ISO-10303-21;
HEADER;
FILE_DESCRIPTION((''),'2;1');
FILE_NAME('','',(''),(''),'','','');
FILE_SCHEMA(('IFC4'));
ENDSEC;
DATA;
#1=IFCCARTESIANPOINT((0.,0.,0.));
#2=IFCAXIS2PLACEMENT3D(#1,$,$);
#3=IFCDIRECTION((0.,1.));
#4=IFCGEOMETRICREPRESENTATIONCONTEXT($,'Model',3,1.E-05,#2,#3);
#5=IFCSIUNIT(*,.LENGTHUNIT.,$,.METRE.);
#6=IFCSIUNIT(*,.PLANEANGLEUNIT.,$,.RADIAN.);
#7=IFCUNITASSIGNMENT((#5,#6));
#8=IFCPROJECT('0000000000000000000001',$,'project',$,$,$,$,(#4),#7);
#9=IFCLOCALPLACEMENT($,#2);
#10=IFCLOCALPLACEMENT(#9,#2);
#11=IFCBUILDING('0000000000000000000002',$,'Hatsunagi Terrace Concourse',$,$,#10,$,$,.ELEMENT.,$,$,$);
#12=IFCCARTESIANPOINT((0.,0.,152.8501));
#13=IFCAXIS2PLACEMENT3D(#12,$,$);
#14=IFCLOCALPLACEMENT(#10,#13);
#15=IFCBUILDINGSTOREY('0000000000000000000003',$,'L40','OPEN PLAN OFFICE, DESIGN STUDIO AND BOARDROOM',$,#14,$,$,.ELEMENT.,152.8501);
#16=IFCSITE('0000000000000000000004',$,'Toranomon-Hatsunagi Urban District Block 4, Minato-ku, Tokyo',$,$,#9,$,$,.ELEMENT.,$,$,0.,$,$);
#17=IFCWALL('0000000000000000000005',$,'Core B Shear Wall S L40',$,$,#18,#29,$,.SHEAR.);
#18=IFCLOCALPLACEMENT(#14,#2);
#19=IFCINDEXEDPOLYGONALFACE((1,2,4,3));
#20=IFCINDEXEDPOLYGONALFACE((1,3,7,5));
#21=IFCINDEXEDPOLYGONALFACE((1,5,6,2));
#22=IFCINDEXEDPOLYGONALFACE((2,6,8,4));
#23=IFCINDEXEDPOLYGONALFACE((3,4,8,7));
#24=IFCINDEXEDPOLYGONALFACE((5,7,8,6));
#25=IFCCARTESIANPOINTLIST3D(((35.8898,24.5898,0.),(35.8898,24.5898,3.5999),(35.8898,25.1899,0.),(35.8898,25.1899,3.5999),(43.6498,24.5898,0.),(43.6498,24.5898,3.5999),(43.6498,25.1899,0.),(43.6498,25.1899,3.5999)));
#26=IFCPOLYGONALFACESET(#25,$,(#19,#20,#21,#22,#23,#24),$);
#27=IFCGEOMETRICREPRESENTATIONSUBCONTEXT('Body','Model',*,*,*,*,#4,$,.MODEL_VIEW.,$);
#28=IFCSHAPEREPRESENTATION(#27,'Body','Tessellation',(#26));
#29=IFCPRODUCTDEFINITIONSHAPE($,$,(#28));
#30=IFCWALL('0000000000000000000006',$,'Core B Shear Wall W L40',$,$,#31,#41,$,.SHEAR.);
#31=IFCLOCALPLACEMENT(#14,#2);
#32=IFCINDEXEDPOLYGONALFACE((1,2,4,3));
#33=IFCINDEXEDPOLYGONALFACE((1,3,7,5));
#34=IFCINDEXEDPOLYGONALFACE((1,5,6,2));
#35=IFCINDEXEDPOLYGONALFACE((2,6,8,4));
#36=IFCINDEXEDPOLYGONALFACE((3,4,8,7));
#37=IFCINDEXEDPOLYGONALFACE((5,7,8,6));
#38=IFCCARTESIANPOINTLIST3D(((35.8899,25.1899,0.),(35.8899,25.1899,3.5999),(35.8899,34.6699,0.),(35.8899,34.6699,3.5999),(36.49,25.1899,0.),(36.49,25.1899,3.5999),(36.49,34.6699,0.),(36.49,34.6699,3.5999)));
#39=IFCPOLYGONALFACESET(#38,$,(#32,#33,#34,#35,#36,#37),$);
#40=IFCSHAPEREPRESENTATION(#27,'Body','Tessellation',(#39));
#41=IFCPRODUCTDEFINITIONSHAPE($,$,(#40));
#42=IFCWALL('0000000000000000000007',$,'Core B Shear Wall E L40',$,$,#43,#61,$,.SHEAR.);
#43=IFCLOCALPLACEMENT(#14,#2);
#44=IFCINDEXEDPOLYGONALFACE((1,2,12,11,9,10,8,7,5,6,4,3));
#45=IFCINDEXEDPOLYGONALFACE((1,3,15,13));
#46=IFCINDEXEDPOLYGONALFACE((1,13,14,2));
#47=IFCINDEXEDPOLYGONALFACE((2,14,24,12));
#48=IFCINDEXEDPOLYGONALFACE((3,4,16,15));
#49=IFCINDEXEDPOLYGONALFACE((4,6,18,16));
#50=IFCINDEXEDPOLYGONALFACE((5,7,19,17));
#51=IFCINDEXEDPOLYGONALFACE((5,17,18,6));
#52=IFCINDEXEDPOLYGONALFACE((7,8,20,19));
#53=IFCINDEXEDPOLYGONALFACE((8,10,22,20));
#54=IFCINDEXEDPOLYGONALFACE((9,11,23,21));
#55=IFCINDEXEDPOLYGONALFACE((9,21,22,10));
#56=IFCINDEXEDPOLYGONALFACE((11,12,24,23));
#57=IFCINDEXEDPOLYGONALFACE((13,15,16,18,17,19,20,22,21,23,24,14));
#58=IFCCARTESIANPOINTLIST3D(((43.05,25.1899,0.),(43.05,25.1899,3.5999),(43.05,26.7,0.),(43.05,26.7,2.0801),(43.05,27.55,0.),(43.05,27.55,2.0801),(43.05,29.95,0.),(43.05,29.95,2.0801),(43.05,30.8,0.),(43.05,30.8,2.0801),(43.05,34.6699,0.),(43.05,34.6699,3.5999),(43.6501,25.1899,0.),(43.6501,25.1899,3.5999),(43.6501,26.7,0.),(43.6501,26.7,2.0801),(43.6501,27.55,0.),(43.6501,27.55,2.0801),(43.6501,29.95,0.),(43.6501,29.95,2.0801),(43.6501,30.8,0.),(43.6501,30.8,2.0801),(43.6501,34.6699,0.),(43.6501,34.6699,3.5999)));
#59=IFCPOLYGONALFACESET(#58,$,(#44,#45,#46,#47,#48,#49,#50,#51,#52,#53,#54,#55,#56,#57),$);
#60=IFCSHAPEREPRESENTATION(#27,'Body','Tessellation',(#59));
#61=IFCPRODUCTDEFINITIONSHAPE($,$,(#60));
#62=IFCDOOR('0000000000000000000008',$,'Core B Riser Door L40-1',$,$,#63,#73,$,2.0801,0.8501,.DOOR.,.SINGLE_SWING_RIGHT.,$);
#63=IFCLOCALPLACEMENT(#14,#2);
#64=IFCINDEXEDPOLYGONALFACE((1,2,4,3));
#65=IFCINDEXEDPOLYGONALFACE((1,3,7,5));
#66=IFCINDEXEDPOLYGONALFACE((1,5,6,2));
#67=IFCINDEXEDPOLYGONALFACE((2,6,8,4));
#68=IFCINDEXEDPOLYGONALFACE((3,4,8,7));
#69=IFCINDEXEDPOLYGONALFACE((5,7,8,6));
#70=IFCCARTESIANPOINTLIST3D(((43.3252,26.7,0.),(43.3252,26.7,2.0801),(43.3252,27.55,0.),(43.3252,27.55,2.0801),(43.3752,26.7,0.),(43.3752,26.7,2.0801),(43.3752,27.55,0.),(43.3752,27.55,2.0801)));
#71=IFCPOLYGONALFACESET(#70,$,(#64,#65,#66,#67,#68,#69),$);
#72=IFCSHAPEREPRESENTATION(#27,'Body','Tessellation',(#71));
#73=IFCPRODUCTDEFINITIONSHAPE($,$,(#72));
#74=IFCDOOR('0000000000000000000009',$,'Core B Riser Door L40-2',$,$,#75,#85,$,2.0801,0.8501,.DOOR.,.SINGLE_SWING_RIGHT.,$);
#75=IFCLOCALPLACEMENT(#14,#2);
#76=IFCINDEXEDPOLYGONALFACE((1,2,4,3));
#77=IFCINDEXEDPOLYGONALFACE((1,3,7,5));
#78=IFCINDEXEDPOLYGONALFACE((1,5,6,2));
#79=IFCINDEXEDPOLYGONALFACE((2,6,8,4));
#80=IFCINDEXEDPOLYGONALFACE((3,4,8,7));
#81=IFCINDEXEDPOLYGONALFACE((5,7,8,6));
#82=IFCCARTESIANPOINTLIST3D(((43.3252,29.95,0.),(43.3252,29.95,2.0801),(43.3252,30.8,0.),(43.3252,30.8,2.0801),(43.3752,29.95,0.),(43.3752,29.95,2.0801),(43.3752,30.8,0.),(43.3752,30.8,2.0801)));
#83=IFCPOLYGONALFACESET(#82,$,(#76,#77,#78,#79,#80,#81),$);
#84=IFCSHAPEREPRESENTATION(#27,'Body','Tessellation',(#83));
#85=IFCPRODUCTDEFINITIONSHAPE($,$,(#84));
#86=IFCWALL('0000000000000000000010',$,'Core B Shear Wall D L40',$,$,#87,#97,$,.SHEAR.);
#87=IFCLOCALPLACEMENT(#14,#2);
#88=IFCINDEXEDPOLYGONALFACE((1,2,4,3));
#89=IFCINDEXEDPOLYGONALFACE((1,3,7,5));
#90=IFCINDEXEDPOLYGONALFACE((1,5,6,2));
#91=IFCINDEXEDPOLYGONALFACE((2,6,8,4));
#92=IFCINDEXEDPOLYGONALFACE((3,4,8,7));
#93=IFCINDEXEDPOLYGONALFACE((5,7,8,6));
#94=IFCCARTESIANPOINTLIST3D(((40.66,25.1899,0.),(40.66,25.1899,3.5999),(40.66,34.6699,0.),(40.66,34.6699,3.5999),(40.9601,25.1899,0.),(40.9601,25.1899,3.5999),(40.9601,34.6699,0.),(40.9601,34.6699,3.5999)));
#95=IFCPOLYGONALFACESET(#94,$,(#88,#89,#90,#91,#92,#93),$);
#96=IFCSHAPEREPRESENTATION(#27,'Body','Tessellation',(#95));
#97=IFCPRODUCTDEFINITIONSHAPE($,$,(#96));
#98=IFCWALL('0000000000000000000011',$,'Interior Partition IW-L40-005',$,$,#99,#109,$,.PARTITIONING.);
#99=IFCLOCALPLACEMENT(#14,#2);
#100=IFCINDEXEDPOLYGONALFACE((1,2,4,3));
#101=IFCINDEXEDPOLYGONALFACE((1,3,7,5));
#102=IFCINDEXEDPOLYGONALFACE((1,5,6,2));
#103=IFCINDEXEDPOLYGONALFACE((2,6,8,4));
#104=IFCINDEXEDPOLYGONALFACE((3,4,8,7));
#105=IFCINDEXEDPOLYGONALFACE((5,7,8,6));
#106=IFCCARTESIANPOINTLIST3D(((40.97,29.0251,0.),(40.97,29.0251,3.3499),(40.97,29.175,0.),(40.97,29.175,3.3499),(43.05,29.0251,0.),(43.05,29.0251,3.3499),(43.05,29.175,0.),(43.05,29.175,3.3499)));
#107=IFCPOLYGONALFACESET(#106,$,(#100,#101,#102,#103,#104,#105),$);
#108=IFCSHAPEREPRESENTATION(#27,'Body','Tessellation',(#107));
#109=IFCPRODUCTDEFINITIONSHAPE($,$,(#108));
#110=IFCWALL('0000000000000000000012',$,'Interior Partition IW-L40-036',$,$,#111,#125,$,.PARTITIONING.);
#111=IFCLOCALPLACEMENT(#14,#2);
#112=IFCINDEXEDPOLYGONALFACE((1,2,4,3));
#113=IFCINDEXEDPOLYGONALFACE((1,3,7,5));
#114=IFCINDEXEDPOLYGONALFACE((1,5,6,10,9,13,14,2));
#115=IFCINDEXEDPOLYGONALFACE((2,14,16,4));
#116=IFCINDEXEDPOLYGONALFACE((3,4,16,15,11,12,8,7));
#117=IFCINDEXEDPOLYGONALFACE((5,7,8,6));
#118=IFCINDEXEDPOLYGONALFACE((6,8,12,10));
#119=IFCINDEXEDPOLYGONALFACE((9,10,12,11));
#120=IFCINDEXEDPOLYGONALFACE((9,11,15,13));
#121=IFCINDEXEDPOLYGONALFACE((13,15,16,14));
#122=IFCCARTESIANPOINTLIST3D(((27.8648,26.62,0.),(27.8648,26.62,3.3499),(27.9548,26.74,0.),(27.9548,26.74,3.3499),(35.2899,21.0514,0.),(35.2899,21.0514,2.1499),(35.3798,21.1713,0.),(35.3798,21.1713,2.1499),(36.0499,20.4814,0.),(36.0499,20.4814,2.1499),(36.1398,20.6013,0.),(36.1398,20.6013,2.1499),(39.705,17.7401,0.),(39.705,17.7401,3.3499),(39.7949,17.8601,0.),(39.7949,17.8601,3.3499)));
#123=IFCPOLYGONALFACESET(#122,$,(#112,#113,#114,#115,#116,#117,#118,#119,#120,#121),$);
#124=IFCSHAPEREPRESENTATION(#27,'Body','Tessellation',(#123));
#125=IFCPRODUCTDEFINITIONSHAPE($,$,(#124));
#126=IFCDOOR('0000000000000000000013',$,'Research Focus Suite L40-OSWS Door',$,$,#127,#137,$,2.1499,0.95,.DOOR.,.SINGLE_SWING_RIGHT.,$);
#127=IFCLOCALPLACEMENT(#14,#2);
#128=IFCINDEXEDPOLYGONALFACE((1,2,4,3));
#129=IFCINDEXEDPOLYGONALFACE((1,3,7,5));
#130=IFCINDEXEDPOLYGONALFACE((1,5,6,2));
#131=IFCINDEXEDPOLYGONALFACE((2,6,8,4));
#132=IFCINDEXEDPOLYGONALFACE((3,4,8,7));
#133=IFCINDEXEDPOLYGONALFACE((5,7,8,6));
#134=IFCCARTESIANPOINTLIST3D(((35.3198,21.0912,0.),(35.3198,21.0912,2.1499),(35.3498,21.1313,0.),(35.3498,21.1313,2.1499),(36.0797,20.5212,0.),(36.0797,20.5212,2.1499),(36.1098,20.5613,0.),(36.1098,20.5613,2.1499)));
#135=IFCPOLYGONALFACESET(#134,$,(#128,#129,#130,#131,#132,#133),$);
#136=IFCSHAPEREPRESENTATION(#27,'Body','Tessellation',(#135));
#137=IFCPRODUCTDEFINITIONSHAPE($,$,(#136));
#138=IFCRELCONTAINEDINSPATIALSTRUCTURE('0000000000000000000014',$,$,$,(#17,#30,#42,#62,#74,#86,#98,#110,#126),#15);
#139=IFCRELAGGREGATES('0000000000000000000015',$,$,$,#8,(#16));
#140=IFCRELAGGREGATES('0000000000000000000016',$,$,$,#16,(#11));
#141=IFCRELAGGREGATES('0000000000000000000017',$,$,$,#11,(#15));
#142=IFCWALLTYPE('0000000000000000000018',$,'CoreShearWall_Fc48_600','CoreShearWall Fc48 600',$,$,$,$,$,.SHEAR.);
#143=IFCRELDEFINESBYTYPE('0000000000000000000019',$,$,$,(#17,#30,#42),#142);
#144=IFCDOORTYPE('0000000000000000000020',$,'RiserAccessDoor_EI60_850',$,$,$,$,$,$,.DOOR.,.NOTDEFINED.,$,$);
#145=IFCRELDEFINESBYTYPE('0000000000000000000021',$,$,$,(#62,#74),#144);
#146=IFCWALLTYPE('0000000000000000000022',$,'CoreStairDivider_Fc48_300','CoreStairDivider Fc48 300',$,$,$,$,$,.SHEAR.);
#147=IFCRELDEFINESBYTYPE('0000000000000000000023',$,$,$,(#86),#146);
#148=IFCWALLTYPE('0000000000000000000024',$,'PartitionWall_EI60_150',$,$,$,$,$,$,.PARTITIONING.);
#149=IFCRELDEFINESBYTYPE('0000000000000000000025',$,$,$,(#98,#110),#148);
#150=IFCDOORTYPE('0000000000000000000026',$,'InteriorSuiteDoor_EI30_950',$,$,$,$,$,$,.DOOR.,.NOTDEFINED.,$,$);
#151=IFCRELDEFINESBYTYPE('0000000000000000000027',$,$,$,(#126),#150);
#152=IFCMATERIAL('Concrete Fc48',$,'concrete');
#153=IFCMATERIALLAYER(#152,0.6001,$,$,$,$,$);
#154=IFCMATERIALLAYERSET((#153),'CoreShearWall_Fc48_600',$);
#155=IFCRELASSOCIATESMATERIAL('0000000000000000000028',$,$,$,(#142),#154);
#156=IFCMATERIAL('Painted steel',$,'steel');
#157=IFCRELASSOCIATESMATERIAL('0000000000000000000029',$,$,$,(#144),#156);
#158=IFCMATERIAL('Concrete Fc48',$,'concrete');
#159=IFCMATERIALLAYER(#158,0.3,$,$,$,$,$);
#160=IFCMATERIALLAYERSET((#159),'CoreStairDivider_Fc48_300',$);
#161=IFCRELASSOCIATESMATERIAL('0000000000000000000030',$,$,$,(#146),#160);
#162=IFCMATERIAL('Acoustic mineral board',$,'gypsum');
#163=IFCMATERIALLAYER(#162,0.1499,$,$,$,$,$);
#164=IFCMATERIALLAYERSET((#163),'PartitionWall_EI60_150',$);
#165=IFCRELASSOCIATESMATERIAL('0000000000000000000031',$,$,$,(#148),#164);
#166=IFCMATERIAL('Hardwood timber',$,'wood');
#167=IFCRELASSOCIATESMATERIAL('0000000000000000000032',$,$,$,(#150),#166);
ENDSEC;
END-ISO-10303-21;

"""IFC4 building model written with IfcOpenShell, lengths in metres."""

from ifc_helpers import new_model, si_unit, direction, frame, frame_2d, origin, place, context, subcontext, project, spatial, rectangle, extrude, material, layer, layer_set, type_object, element, fill, save


model = new_model("IFC4")

# Units and contexts
model_context = context("Model", 3, precision=1e-05, world=origin(), true_north=direction((0.0, 1.0)))
body_context = subcontext(model_context, "Body", "Model", "MODEL_VIEW")
ifc_project = project(units=[si_unit("LENGTHUNIT", "METRE"), si_unit("PLANEANGLEUNIT", "RADIAN")], contexts=[model_context])

# Site, building, storey
site_placement = place(None, origin())
site = spatial("IfcSite", under=ifc_project, at=site_placement, Name="Toranomon-Hatsunagi Urban District Block 4, Minato-ku, Tokyo", CompositionType="ELEMENT", RefElevation=0.0)
building_placement = place(site_placement, origin())
building = spatial("IfcBuilding", under=site, at=building_placement, Name="Hatsunagi Terrace Concourse", CompositionType="ELEMENT")
storey_placement = place(building_placement, frame((0.0, 0.0, 152.8501)))
storey = spatial("IfcBuildingStorey", under=building, at=storey_placement, Name="L40", Description="OPEN PLAN OFFICE, DESIGN STUDIO AND BOARDROOM", CompositionType="ELEMENT", Elevation=152.8501)

# Walls
ifc_material_1 = material(Name="Concrete Fc48", Category="concrete")
ifc_layer_1 = layer(ifc_material_1, 0.6001)
ifc_layer_set_1 = layer_set([ifc_layer_1], Name="CoreShearWall_Fc48_600")
wall_type_1 = type_object("IfcWallType", Name="CoreShearWall_Fc48_600", Description="CoreShearWall Fc48 600", PredefinedType="SHEAR", material=ifc_layer_set_1)
wall_1_placement = place(storey_placement, frame((35.8899, 24.8899, 0.0), z_axis=(0.0, 0.0, 1.0), x_axis=(1.0, 0.0, 0.0)))
element("IfcWall", 1, at=wall_1_placement, inside=storey, type_object=wall_type_1, Name="Core B Shear Wall S L40", PredefinedType="SHEAR", context=body_context, shape_type="SweptSolid", body=[
    extrude(rectangle(XDim=7.76, YDim=0.6001, at=frame_2d((3.8799, 0.0))), origin(), (0.0, 0.0, 1.0), 3.5999),
])
wall_2_placement = place(storey_placement, frame((36.1899, 25.1899, 0.0), z_axis=(0.0, 0.0, 1.0), x_axis=(0.0, 1.0, 0.0)))
element("IfcWall", 2, at=wall_2_placement, inside=storey, type_object=wall_type_1, Name="Core B Shear Wall W L40", PredefinedType="SHEAR", context=body_context, shape_type="SweptSolid", body=[
    extrude(rectangle(XDim=9.48, YDim=0.6001, at=frame_2d((4.74, 0.0))), origin(), (0.0, 0.0, 1.0), 3.5999),
])

# Wall, openings, doors
wall_3_placement = place(storey_placement, frame((43.3501, 25.1899, 0.0), z_axis=(0.0, 0.0, 1.0), x_axis=(0.0, 1.0, 0.0)))
wall_3 = element("IfcWall", 3, at=wall_3_placement, inside=storey, type_object=wall_type_1, Name="Core B Shear Wall E L40", PredefinedType="SHEAR", context=body_context, shape_type="SweptSolid", body=[
    extrude(rectangle(XDim=9.48, YDim=0.6001, at=frame_2d((4.74, 0.0))), origin(), (0.0, 0.0, 1.0), 3.5999),
])
opening_1_placement = place(wall_3_placement, frame((1.51, 0.0, 0.0)))
opening_1 = element("IfcOpeningElement", 4, at=opening_1_placement, cuts=wall_3, PredefinedType="OPENING", context=body_context, shape_type="SweptSolid", body=[
    extrude(rectangle(XDim=0.8501, YDim=2.0801, at=frame_2d((0.425, 1.04))), frame((0.0, 0.3101, 0.0), z_axis=(0.0, -1.0, 0.0), x_axis=(1.0, 0.0, 0.0)), (0.0, 0.0, 1.0), 0.6201),
])
opening_2_placement = place(wall_3_placement, frame((4.76, 0.0, 0.0)))
opening_2 = element("IfcOpeningElement", 5, at=opening_2_placement, cuts=wall_3, PredefinedType="OPENING", context=body_context, shape_type="SweptSolid", body=[
    extrude(rectangle(XDim=0.8501, YDim=2.0801, at=frame_2d((0.425, 1.04))), frame((0.0, 0.3101, 0.0), z_axis=(0.0, -1.0, 0.0), x_axis=(1.0, 0.0, 0.0)), (0.0, 0.0, 1.0), 0.6201),
])
ifc_material_2 = material(Name="Painted steel", Category="steel")
door_type_1 = type_object("IfcDoorType", Name="RiserAccessDoor_EI60_850", OperationType="NOTDEFINED", PredefinedType="DOOR", material=ifc_material_2)
door_1_placement = place(opening_1_placement, origin())
door_1 = element("IfcDoor", 6, at=door_1_placement, inside=storey, type_object=door_type_1, Name="Core B Riser Door L40-1", OperationType="SINGLE_SWING_RIGHT", OverallHeight=2.0801, OverallWidth=0.8501, PredefinedType="DOOR", context=body_context, shape_type="SweptSolid", body=[
    extrude(rectangle(XDim=0.8501, YDim=2.0801, at=frame_2d((0.425, 1.04))), frame((0.0, 0.0249, 0.0), z_axis=(0.0, -1.0, 0.0), x_axis=(1.0, 0.0, 0.0)), (0.0, 0.0, 1.0), 0.05),
])
fill(opening_1, door_1)
door_2_placement = place(opening_2_placement, origin())
door_2 = element("IfcDoor", 7, at=door_2_placement, inside=storey, type_object=door_type_1, Name="Core B Riser Door L40-2", OperationType="SINGLE_SWING_RIGHT", OverallHeight=2.0801, OverallWidth=0.8501, PredefinedType="DOOR", context=body_context, shape_type="SweptSolid", body=[
    extrude(rectangle(XDim=0.8501, YDim=2.0801, at=frame_2d((0.425, 1.04))), frame((0.0, 0.0249, 0.0), z_axis=(0.0, -1.0, 0.0), x_axis=(1.0, 0.0, 0.0)), (0.0, 0.0, 1.0), 0.05),
])
fill(opening_2, door_2)

# Walls
ifc_material_3 = material(Name="Concrete Fc48", Category="concrete")
ifc_layer_2 = layer(ifc_material_3, 0.3)
ifc_layer_set_2 = layer_set([ifc_layer_2], Name="CoreStairDivider_Fc48_300")
wall_type_2 = type_object("IfcWallType", Name="CoreStairDivider_Fc48_300", Description="CoreStairDivider Fc48 300", PredefinedType="SHEAR", material=ifc_layer_set_2)
wall_4_placement = place(storey_placement, frame((40.8101, 25.1899, 0.0), z_axis=(0.0, 0.0, 1.0), x_axis=(0.0, 1.0, 0.0)))
element("IfcWall", 8, at=wall_4_placement, inside=storey, type_object=wall_type_2, Name="Core B Shear Wall D L40", PredefinedType="SHEAR", context=body_context, shape_type="SweptSolid", body=[
    extrude(rectangle(XDim=9.48, YDim=0.3, at=frame_2d((4.74, 0.0))), origin(), (0.0, 0.0, 1.0), 3.5999),
])
ifc_material_4 = material(Name="Acoustic mineral board", Category="gypsum")
ifc_layer_3 = layer(ifc_material_4, 0.1499)
ifc_layer_set_3 = layer_set([ifc_layer_3], Name="PartitionWall_EI60_150")
wall_type_3 = type_object("IfcWallType", Name="PartitionWall_EI60_150", PredefinedType="PARTITIONING", material=ifc_layer_set_3)
wall_5_placement = place(storey_placement, frame((40.97, 29.1001, 0.0), z_axis=(0.0, 0.0, 1.0), x_axis=(1.0, 0.0, 0.0)))
element("IfcWall", 9, at=wall_5_placement, inside=storey, type_object=wall_type_3, Name="Interior Partition IW-L40-005", PredefinedType="PARTITIONING", context=body_context, shape_type="SweptSolid", body=[
    extrude(rectangle(XDim=2.0801, YDim=0.1499, at=frame_2d((1.04, 0.0))), origin(), (0.0, 0.0, 1.0), 3.3499),
])

# Wall, opening, door
ifc_material_5 = material(Name="Hardwood timber", Category="wood")
door_type_2 = type_object("IfcDoorType", Name="InteriorSuiteDoor_EI30_950", OperationType="NOTDEFINED", PredefinedType="DOOR", material=ifc_material_5)
wall_6_placement = place(storey_placement, frame((27.9099, 26.6799, 0.0), z_axis=(0.0, 0.0, 1.0), x_axis=(0.800006, -0.599992, 0.0)))
wall_6 = element("IfcWall", 10, at=wall_6_placement, inside=storey, type_object=wall_type_3, Name="Interior Partition IW-L40-036", PredefinedType="PARTITIONING", context=body_context, shape_type="SweptSolid", body=[
    extrude(rectangle(XDim=14.8, YDim=0.1499, at=frame_2d((7.3999, 0.0))), origin(), (0.0, 0.0, 1.0), 3.3499),
])
opening_3_placement = place(wall_6_placement, frame((9.281, 0.0, 0.0)))
opening_3 = element("IfcOpeningElement", 11, at=opening_3_placement, cuts=wall_6, PredefinedType="OPENING", context=body_context, shape_type="SweptSolid", body=[
    extrude(rectangle(XDim=0.95, YDim=2.1499, at=frame_2d((0.4751, 1.075))), frame((0.0, 0.085, 0.0), z_axis=(0.0, -1.0, 0.0), x_axis=(1.0, 0.0, 0.0)), (0.0, 0.0, 1.0), 0.1699),
])
door_3_placement = place(opening_3_placement, origin())
door_3 = element("IfcDoor", 12, at=door_3_placement, inside=storey, type_object=door_type_2, Name="Research Focus Suite L40-OSWS Door", OperationType="SINGLE_SWING_RIGHT", OverallHeight=2.1499, OverallWidth=0.95, PredefinedType="DOOR", context=body_context, shape_type="SweptSolid", body=[
    extrude(rectangle(XDim=0.95, YDim=2.1499, at=frame_2d((0.4751, 1.075))), frame((0.0, 0.0249, 0.0), z_axis=(0.0, -1.0, 0.0), x_axis=(1.0, 0.0, 0.0)), (0.0, 0.0, 1.0), 0.05),
])
fill(opening_3, door_3)

save(model, "model.ifc")
